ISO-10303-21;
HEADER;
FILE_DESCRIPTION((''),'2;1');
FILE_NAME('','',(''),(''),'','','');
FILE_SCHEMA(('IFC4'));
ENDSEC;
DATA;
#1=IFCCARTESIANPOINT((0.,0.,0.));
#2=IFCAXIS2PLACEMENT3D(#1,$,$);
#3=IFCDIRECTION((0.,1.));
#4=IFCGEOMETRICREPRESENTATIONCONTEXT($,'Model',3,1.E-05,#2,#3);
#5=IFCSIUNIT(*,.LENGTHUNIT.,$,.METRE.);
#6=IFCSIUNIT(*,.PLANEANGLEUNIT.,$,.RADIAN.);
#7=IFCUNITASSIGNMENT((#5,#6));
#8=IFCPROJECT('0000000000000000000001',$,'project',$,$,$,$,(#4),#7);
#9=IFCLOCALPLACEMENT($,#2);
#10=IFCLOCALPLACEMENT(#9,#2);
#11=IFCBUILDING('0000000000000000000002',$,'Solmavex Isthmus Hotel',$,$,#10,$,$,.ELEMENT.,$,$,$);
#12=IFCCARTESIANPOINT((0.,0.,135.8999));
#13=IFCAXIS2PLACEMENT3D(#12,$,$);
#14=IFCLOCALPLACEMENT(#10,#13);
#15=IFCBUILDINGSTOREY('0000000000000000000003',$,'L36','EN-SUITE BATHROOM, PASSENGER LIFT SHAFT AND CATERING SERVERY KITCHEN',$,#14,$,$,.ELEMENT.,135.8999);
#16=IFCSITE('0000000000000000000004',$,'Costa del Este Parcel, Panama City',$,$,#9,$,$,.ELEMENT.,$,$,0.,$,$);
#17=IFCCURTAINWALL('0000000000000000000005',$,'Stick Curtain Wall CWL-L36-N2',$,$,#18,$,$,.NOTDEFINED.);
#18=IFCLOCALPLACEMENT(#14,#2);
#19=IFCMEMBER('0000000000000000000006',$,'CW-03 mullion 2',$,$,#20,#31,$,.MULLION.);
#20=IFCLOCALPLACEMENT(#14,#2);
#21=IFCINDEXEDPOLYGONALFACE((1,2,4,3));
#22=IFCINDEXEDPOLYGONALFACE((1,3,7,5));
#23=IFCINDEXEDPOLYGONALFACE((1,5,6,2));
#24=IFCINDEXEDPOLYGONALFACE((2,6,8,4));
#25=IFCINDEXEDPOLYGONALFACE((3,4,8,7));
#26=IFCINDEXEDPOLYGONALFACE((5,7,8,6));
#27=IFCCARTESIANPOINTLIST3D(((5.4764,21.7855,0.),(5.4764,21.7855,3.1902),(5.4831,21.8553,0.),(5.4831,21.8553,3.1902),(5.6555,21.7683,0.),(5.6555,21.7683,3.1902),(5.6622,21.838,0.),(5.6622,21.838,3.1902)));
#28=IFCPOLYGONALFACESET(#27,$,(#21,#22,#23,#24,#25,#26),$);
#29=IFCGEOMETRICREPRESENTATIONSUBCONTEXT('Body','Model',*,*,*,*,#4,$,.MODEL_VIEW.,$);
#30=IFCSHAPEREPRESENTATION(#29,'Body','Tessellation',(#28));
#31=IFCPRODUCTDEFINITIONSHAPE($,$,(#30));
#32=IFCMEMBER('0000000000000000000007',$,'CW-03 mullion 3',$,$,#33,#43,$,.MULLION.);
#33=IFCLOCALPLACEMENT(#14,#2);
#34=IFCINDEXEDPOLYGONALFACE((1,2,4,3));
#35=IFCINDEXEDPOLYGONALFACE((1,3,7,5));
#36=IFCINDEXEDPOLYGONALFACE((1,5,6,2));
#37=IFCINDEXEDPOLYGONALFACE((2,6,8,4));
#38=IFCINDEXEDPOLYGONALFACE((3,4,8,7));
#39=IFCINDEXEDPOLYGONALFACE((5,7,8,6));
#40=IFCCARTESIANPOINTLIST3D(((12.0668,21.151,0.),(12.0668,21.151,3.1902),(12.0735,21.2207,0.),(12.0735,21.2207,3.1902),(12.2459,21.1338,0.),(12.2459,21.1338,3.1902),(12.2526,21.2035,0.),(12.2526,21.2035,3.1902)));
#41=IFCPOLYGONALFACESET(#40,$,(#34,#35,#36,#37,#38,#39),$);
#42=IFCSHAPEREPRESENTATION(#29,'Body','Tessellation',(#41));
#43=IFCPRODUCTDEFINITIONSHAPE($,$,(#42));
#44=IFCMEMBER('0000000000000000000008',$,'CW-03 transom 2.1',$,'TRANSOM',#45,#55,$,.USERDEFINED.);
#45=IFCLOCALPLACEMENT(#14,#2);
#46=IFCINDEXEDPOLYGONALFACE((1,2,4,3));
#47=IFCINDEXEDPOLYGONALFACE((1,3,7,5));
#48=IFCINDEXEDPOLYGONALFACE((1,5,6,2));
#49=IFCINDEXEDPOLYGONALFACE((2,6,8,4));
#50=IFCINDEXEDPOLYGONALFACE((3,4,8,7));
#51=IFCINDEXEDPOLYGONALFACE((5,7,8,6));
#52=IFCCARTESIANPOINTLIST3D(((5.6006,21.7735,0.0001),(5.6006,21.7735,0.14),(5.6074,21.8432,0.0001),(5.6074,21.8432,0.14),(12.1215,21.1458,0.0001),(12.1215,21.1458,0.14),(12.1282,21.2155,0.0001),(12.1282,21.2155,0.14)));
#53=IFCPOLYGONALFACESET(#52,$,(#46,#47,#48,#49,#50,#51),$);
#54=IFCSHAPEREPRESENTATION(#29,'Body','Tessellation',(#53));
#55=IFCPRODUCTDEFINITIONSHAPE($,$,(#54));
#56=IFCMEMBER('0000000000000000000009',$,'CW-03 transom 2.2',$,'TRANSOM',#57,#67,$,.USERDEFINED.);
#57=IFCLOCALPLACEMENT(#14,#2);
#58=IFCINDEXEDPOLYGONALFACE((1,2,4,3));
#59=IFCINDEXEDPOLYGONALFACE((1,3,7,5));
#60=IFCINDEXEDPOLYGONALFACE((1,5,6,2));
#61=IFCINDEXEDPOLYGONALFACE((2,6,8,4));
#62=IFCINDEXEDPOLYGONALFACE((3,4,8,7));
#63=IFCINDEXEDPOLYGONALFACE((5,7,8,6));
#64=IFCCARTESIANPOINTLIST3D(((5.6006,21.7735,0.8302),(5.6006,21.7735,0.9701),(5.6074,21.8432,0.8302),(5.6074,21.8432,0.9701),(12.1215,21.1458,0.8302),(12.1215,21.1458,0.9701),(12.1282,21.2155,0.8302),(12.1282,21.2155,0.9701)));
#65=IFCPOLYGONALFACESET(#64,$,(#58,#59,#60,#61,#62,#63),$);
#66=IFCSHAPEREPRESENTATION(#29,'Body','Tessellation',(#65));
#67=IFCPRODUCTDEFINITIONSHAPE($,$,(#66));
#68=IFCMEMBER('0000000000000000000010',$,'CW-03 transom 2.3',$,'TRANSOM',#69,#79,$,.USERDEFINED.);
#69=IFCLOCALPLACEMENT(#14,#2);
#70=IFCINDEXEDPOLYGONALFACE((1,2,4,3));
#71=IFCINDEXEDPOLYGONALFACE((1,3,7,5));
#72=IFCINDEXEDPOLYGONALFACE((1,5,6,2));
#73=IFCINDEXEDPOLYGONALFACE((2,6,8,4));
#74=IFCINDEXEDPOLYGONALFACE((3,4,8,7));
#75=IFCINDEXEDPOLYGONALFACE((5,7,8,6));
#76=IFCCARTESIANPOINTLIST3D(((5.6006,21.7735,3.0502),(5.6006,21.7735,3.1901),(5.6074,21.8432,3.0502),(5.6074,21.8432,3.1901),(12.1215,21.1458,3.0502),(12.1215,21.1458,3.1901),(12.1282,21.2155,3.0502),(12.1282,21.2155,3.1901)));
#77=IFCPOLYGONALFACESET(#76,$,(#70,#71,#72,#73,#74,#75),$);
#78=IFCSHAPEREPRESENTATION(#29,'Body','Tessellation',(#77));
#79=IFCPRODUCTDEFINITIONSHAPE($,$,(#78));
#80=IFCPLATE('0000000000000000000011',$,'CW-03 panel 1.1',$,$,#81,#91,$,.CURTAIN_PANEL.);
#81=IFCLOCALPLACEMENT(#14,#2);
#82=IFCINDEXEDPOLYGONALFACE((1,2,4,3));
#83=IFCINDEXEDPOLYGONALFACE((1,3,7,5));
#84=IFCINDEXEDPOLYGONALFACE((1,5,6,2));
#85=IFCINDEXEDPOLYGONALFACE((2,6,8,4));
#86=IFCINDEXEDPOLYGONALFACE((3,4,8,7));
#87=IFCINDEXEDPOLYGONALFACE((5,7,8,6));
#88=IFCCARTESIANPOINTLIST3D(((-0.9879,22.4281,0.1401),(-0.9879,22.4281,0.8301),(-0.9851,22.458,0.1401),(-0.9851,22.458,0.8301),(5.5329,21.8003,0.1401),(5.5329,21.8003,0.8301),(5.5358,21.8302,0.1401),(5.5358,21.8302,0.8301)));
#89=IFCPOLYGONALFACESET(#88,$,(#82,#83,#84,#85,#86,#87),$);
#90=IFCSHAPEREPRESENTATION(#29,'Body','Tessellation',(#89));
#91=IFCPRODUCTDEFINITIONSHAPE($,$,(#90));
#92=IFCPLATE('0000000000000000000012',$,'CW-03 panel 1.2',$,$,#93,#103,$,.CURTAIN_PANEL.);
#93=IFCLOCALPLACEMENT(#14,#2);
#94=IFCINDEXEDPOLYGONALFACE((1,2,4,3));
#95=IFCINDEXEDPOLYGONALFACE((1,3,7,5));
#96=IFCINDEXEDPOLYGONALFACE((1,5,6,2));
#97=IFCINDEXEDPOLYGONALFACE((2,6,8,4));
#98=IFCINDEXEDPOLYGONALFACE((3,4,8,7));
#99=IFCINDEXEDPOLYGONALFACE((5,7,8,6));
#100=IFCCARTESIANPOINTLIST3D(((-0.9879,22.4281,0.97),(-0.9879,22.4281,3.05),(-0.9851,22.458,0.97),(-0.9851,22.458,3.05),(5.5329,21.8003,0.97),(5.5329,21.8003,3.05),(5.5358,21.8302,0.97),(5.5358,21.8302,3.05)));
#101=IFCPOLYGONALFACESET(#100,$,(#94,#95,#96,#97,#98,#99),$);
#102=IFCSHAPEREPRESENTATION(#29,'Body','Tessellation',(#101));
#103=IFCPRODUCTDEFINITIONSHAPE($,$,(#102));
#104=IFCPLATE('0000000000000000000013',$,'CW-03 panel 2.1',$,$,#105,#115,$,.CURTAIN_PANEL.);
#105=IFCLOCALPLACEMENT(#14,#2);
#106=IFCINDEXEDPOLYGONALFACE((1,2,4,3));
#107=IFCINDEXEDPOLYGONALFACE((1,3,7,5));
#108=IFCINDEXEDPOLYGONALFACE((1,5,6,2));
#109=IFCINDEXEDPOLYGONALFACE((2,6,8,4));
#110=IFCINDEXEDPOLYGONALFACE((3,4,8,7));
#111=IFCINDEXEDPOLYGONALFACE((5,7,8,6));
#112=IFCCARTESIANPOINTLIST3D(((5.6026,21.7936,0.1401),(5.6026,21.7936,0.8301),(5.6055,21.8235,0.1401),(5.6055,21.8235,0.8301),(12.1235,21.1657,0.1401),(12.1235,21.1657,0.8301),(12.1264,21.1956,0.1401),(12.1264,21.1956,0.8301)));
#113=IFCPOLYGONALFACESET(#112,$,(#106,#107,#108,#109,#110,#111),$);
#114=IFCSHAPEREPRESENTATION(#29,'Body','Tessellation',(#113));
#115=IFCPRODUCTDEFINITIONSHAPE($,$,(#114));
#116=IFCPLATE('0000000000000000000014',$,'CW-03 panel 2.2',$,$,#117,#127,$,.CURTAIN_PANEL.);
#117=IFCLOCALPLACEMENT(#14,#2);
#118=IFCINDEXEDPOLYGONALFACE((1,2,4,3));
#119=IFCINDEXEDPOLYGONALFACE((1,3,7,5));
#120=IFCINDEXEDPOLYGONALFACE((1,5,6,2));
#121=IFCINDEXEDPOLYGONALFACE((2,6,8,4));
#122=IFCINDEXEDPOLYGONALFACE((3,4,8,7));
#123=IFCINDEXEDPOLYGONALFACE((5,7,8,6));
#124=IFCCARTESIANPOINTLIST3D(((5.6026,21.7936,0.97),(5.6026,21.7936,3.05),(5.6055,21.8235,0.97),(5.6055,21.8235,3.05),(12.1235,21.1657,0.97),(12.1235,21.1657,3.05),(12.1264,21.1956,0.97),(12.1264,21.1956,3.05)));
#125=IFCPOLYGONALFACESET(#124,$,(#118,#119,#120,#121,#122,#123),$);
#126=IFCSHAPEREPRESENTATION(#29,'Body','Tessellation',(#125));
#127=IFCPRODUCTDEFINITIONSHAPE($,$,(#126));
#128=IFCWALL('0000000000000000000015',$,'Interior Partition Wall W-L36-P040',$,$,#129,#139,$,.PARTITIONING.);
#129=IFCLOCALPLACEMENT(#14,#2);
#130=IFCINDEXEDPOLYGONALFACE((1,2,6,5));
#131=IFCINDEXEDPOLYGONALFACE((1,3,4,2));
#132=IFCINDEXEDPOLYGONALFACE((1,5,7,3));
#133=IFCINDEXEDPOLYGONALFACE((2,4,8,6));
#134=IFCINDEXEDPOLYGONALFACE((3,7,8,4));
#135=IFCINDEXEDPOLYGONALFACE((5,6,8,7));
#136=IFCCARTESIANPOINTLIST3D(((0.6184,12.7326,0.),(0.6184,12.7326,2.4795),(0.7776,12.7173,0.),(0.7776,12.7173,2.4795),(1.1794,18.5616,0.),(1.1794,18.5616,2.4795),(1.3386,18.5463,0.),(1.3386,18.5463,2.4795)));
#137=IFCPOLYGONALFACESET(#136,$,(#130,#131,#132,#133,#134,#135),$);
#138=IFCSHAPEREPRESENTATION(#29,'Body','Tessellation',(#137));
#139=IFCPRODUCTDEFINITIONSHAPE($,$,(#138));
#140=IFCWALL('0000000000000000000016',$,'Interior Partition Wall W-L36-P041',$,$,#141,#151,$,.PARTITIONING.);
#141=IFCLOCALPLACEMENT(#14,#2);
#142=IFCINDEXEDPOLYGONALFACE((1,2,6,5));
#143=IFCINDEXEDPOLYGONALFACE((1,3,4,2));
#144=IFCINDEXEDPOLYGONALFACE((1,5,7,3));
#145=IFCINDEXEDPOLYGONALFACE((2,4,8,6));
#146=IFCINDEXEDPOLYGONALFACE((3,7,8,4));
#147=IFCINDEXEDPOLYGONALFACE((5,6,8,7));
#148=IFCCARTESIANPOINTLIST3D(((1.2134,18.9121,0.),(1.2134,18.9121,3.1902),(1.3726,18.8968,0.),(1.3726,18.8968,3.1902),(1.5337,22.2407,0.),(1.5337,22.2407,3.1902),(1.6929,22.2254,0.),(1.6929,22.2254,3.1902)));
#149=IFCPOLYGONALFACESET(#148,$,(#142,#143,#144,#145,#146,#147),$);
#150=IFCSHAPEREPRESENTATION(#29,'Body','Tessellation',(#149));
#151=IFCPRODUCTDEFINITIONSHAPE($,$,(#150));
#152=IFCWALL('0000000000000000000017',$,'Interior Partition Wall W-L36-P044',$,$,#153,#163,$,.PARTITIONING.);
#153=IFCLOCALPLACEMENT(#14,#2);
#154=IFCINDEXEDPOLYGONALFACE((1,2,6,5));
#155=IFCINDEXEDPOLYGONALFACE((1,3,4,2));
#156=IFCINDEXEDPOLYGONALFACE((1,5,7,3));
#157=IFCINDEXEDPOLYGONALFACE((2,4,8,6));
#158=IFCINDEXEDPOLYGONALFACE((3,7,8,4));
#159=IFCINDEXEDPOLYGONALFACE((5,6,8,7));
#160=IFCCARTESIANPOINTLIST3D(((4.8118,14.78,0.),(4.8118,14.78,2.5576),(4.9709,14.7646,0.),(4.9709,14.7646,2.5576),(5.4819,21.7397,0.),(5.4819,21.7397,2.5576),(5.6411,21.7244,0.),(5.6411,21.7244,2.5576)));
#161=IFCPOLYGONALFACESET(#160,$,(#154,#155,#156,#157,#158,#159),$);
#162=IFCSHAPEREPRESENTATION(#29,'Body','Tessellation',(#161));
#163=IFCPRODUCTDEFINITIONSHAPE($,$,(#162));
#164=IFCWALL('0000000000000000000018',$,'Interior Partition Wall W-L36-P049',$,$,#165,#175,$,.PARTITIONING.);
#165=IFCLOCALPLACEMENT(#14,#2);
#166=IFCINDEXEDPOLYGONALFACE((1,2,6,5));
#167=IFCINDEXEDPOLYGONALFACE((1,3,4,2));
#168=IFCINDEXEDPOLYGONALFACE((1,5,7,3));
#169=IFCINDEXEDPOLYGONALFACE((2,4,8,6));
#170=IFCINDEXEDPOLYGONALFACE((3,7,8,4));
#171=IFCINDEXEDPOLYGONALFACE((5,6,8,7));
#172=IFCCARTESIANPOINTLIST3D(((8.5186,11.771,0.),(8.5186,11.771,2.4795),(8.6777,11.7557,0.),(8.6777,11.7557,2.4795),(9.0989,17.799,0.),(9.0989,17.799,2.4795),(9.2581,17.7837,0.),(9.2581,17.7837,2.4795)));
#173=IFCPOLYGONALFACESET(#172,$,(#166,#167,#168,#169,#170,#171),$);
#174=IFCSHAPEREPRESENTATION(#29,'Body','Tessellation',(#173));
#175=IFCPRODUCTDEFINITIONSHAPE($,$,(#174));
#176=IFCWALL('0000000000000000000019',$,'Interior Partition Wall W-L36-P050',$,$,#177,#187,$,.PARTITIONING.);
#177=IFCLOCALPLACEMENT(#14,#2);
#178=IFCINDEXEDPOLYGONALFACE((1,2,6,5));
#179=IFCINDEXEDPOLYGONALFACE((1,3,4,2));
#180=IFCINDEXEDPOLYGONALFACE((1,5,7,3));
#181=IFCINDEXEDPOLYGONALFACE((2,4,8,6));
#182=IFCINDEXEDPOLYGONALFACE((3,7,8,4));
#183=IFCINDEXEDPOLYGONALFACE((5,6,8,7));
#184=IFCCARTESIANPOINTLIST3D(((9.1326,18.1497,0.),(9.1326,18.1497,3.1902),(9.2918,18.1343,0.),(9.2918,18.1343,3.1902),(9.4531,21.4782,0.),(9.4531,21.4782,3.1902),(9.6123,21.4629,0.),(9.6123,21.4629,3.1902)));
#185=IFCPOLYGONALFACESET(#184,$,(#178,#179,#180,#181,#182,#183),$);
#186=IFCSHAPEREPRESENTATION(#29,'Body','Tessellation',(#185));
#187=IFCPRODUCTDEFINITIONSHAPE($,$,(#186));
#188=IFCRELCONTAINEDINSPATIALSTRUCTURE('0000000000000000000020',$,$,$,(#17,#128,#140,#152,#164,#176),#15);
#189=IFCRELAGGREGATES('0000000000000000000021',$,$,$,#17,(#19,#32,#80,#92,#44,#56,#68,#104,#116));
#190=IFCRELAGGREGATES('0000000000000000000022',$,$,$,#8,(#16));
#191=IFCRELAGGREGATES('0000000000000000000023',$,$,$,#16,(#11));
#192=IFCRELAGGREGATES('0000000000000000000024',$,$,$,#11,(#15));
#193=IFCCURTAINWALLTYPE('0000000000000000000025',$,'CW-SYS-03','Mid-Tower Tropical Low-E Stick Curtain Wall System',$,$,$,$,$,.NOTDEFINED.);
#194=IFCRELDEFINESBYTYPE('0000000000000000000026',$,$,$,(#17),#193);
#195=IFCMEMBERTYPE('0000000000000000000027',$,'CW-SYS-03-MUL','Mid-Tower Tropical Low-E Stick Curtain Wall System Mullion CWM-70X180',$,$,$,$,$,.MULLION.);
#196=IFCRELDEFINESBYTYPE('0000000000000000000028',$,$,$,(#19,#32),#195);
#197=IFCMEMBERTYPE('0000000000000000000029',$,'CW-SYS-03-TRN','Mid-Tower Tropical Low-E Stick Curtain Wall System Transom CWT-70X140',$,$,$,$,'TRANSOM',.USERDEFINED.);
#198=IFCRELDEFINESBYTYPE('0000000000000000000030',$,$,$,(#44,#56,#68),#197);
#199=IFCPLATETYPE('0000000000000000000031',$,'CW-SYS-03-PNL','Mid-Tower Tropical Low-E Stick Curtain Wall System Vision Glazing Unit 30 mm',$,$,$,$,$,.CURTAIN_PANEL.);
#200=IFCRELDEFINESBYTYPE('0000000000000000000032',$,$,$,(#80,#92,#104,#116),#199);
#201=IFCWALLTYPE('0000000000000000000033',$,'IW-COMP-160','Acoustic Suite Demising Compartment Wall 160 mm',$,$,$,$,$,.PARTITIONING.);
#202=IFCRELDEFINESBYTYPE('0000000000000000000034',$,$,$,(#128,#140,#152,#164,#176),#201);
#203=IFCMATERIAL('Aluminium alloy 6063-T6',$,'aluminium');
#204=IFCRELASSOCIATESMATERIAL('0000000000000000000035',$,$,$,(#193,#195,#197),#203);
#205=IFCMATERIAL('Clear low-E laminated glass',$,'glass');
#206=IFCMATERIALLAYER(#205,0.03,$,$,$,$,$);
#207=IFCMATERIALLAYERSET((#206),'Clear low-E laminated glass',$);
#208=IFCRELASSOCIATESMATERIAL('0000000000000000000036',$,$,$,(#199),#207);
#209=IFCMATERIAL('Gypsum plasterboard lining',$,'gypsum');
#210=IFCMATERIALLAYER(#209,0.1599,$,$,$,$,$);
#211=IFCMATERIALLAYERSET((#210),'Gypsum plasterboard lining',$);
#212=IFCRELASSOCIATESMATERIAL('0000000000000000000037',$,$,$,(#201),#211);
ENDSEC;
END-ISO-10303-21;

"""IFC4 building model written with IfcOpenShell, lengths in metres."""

from ifc_helpers import new_model, si_unit, direction, frame, frame_2d, origin, origin_2d, place, context, subcontext, project, spatial, rectangle, extrude, material, layer, layer_set, material_profile, profile_set, type_object, element, aggregate, save


model = new_model("IFC4")

# Units and contexts
model_context = context("Model", 3, precision=1e-05, world=origin(), true_north=direction((0.0, 1.0)))
body_context = subcontext(model_context, "Body", "Model", "MODEL_VIEW")
ifc_project = project(units=[si_unit("LENGTHUNIT", "METRE"), si_unit("PLANEANGLEUNIT", "RADIAN")], contexts=[model_context])

# Site, building, storey
site_placement = place(None, origin())
site = spatial("IfcSite", under=ifc_project, at=site_placement, Name="Costa del Este Parcel, Panama City", CompositionType="ELEMENT", RefElevation=0.0)
building_placement = place(site_placement, origin())
building = spatial("IfcBuilding", under=site, at=building_placement, Name="Solmavex Isthmus Hotel", CompositionType="ELEMENT")
storey_placement = place(building_placement, frame((0.0, 0.0, 135.8999)))
storey = spatial("IfcBuildingStorey", under=building, at=storey_placement, Name="L36", Description="EN-SUITE BATHROOM, PASSENGER LIFT SHAFT AND CATERING SERVERY KITCHEN", CompositionType="ELEMENT", Elevation=135.8999)

# Curtain wall, members, plates
ifc_material_1 = material(Name="Aluminium alloy 6063-T6", Category="aluminium")
curtain_wall_type = type_object("IfcCurtainWallType", Name="CW-SYS-03", Description="Mid-Tower Tropical Low-E Stick Curtain Wall System", PredefinedType="NOTDEFINED", material=ifc_material_1)
curtain_wall_placement = place(storey_placement, origin())
curtain_wall = element("IfcCurtainWall", 1, at=curtain_wall_placement, inside=storey, type_object=curtain_wall_type, Name="Stick Curtain Wall CWL-L36-N2", PredefinedType="NOTDEFINED")
ifc_material_profile_1 = material_profile(ifc_material_1, rectangle(XDim=0.0701, YDim=0.1799, at=origin_2d()), Name="CWM-70X180")
ifc_profile_set_1 = profile_set([ifc_material_profile_1], Name="Aluminium alloy 6063-T6")
member_type_1 = type_object("IfcMemberType", Name="CW-SYS-03-MUL", Description="Mid-Tower Tropical Low-E Stick Curtain Wall System Mullion CWM-70X180", PredefinedType="MULLION", material=ifc_profile_set_1)
member_1_placement = place(storey_placement, frame((5.5693, 21.8118, 0.0), z_axis=(0.0, 0.0, 1.0), x_axis=(0.095845, 0.995396, 0.0)))
member_1 = element("IfcMember", 2, at=member_1_placement, type_object=member_type_1, Name="CW-03 mullion 2", PredefinedType="MULLION", context=body_context, shape_type="SweptSolid", body=[
    extrude(rectangle(XDim=0.0701, YDim=0.1799, at=origin_2d()), origin(), (0.0, 0.0, 1.0), 3.1902),
])
member_2_placement = place(storey_placement, frame((12.1597, 21.1772, 0.0), z_axis=(0.0, 0.0, 1.0), x_axis=(0.095845, 0.995396, 0.0)))
member_2 = element("IfcMember", 3, at=member_2_placement, type_object=member_type_1, Name="CW-03 mullion 3", PredefinedType="MULLION", context=body_context, shape_type="SweptSolid", body=[
    extrude(rectangle(XDim=0.0701, YDim=0.1799, at=origin_2d()), origin(), (0.0, 0.0, 1.0), 3.1902),
])
ifc_material_profile_2 = material_profile(ifc_material_1, rectangle(XDim=0.0701, YDim=0.1399, at=origin_2d()), Name="CWT-70X140")
ifc_profile_set_2 = profile_set([ifc_material_profile_2], Name="Aluminium alloy 6063-T6")
member_type_2 = type_object("IfcMemberType", Name="CW-SYS-03-TRN", Description="Mid-Tower Tropical Low-E Stick Curtain Wall System Transom CWT-70X140", ElementType="TRANSOM", PredefinedType="USERDEFINED", material=ifc_profile_set_2)
member_3_placement = place(storey_placement, frame((5.604, 21.8083, 0.0701), z_axis=(0.995399, -0.095813, 0.0), x_axis=(0.095813, 0.995399, 0.0)))
member_3 = element("IfcMember", 4, at=member_3_placement, type_object=member_type_2, Name="CW-03 transom 2.1", ObjectType="TRANSOM", PredefinedType="USERDEFINED", context=body_context, shape_type="SweptSolid", body=[
    extrude(rectangle(XDim=0.0701, YDim=0.1399, at=origin_2d()), origin(), (0.0, 0.0, 1.0), 6.551),
])
member_4_placement = place(storey_placement, frame((5.604, 21.8083, 0.9001), z_axis=(0.995399, -0.095813, 0.0), x_axis=(0.095813, 0.995399, 0.0)))
member_4 = element("IfcMember", 5, at=member_4_placement, type_object=member_type_2, Name="CW-03 transom 2.2", ObjectType="TRANSOM", PredefinedType="USERDEFINED", context=body_context, shape_type="SweptSolid", body=[
    extrude(rectangle(XDim=0.0701, YDim=0.1399, at=origin_2d()), origin(), (0.0, 0.0, 1.0), 6.551),
])
member_5_placement = place(storey_placement, frame((5.604, 21.8083, 3.1201), z_axis=(0.995399, -0.095813, 0.0), x_axis=(0.095813, 0.995399, 0.0)))
member_5 = element("IfcMember", 6, at=member_5_placement, type_object=member_type_2, Name="CW-03 transom 2.3", ObjectType="TRANSOM", PredefinedType="USERDEFINED", context=body_context, shape_type="SweptSolid", body=[
    extrude(rectangle(XDim=0.0701, YDim=0.1399, at=origin_2d()), origin(), (0.0, 0.0, 1.0), 6.551),
])
ifc_material_2 = material(Name="Clear low-E laminated glass", Category="glass")
ifc_layer_1 = layer(ifc_material_2, 0.03)
ifc_layer_set_1 = layer_set([ifc_layer_1], Name="Clear low-E laminated glass")
plate_type = type_object("IfcPlateType", Name="CW-SYS-03-PNL", Description="Mid-Tower Tropical Low-E Stick Curtain Wall System Vision Glazing Unit 30 mm", PredefinedType="CURTAIN_PANEL", material=ifc_layer_set_1)
plate_1_placement = place(storey_placement, frame((2.2739, 22.1292, 0.1401), z_axis=(0.0, 0.0, 1.0), x_axis=(0.995396, -0.095845, 0.0)))
plate_1 = element("IfcPlate", 7, at=plate_1_placement, type_object=plate_type, Name="CW-03 panel 1.1", PredefinedType="CURTAIN_PANEL", context=body_context, shape_type="SweptSolid", body=[
    extrude(rectangle(XDim=6.551, YDim=0.03, at=origin_2d()), origin(), (0.0, 0.0, 1.0), 0.6899),
])
plate_2_placement = place(storey_placement, frame((2.2739, 22.1292, 0.97), z_axis=(0.0, 0.0, 1.0), x_axis=(0.995396, -0.095845, 0.0)))
plate_2 = element("IfcPlate", 8, at=plate_2_placement, type_object=plate_type, Name="CW-03 panel 1.2", PredefinedType="CURTAIN_PANEL", context=body_context, shape_type="SweptSolid", body=[
    extrude(rectangle(XDim=6.551, YDim=0.03, at=origin_2d()), origin(), (0.0, 0.0, 1.0), 2.0801),
])
plate_3_placement = place(storey_placement, frame((8.8645, 21.4946, 0.1401), z_axis=(0.0, 0.0, 1.0), x_axis=(0.995396, -0.095845, 0.0)))
plate_3 = element("IfcPlate", 9, at=plate_3_placement, type_object=plate_type, Name="CW-03 panel 2.1", PredefinedType="CURTAIN_PANEL", context=body_context, shape_type="SweptSolid", body=[
    extrude(rectangle(XDim=6.551, YDim=0.03, at=origin_2d()), origin(), (0.0, 0.0, 1.0), 0.6899),
])
plate_4_placement = place(storey_placement, frame((8.8645, 21.4946, 0.97), z_axis=(0.0, 0.0, 1.0), x_axis=(0.995396, -0.095845, 0.0)))
plate_4 = element("IfcPlate", 10, at=plate_4_placement, type_object=plate_type, Name="CW-03 panel 2.2", PredefinedType="CURTAIN_PANEL", context=body_context, shape_type="SweptSolid", body=[
    extrude(rectangle(XDim=6.551, YDim=0.03, at=origin_2d()), origin(), (0.0, 0.0, 1.0), 2.0801),
])
aggregate(curtain_wall, [member_1, member_2, plate_1, plate_2, member_3, member_4, member_5, plate_3, plate_4])

# Walls
ifc_material_3 = material(Name="Gypsum plasterboard lining", Category="gypsum")
ifc_layer_2 = layer(ifc_material_3, 0.1599)
ifc_layer_set_2 = layer_set([ifc_layer_2], Name="Gypsum plasterboard lining")
wall_type_1 = type_object("IfcWallType", Name="IW-COMP-160", Description="Acoustic Suite Demising Compartment Wall 160 mm", PredefinedType="PARTITIONING", material=ifc_layer_set_2)
wall_1_placement = place(storey_placement, frame((1.259, 18.554, 0.0), z_axis=(0.0, 0.0, 1.0), x_axis=(-0.095805, -0.9954, 0.0)))
element("IfcWall", 11, at=wall_1_placement, inside=storey, type_object=wall_type_1, Name="Interior Partition Wall W-L36-P040", PredefinedType="PARTITIONING", context=body_context, shape_type="SweptSolid", body=[
    extrude(rectangle(XDim=5.856, YDim=0.1599, at=frame_2d((2.928, 0.0))), origin(), (0.0, 0.0, 1.0), 2.4795),
])
wall_2_placement = place(storey_placement, frame((1.6133, 22.2329, 0.0), z_axis=(0.0, 0.0, 1.0), x_axis=(-0.095788, -0.995402, 0.0)))
element("IfcWall", 12, at=wall_2_placement, inside=storey, type_object=wall_type_1, Name="Interior Partition Wall W-L36-P041", PredefinedType="PARTITIONING", context=body_context, shape_type="SweptSolid", body=[
    extrude(rectangle(XDim=3.344, YDim=0.1599, at=frame_2d((1.6719, 0.0))), origin(), (0.0, 0.0, 1.0), 3.1902),
])
wall_3_placement = place(storey_placement, frame((5.5615, 21.7322, 0.0), z_axis=(0.0, 0.0, 1.0), x_axis=(-0.095849, -0.995396, 0.0)))
element("IfcWall", 13, at=wall_3_placement, inside=storey, type_object=wall_type_1, Name="Interior Partition Wall W-L36-P044", PredefinedType="PARTITIONING", context=body_context, shape_type="SweptSolid", body=[
    extrude(rectangle(XDim=6.9919, YDim=0.1599, at=frame_2d((3.4961, 0.0))), origin(), (0.0, 0.0, 1.0), 2.5576),
])
wall_4_placement = place(storey_placement, frame((9.1785, 17.7913, 0.0), z_axis=(0.0, 0.0, 1.0), x_axis=(-0.095827, -0.995398, 0.0)))
element("IfcWall", 14, at=wall_4_placement, inside=storey, type_object=wall_type_1, Name="Interior Partition Wall W-L36-P049", PredefinedType="PARTITIONING", context=body_context, shape_type="SweptSolid", body=[
    extrude(rectangle(XDim=6.0559, YDim=0.1599, at=frame_2d((3.0278, 0.0))), origin(), (0.0, 0.0, 1.0), 2.4795),
])
wall_5_placement = place(storey_placement, frame((9.5327, 21.4705, 0.0), z_axis=(0.0, 0.0, 1.0), x_axis=(-0.09586, -0.995395, 0.0)))
element("IfcWall", 15, at=wall_5_placement, inside=storey, type_object=wall_type_1, Name="Interior Partition Wall W-L36-P050", PredefinedType="PARTITIONING", context=body_context, shape_type="SweptSolid", body=[
    extrude(rectangle(XDim=3.344, YDim=0.1599, at=frame_2d((1.6719, 0.0))), origin(), (0.0, 0.0, 1.0), 3.1902),
])

save(model, "model.ifc")
